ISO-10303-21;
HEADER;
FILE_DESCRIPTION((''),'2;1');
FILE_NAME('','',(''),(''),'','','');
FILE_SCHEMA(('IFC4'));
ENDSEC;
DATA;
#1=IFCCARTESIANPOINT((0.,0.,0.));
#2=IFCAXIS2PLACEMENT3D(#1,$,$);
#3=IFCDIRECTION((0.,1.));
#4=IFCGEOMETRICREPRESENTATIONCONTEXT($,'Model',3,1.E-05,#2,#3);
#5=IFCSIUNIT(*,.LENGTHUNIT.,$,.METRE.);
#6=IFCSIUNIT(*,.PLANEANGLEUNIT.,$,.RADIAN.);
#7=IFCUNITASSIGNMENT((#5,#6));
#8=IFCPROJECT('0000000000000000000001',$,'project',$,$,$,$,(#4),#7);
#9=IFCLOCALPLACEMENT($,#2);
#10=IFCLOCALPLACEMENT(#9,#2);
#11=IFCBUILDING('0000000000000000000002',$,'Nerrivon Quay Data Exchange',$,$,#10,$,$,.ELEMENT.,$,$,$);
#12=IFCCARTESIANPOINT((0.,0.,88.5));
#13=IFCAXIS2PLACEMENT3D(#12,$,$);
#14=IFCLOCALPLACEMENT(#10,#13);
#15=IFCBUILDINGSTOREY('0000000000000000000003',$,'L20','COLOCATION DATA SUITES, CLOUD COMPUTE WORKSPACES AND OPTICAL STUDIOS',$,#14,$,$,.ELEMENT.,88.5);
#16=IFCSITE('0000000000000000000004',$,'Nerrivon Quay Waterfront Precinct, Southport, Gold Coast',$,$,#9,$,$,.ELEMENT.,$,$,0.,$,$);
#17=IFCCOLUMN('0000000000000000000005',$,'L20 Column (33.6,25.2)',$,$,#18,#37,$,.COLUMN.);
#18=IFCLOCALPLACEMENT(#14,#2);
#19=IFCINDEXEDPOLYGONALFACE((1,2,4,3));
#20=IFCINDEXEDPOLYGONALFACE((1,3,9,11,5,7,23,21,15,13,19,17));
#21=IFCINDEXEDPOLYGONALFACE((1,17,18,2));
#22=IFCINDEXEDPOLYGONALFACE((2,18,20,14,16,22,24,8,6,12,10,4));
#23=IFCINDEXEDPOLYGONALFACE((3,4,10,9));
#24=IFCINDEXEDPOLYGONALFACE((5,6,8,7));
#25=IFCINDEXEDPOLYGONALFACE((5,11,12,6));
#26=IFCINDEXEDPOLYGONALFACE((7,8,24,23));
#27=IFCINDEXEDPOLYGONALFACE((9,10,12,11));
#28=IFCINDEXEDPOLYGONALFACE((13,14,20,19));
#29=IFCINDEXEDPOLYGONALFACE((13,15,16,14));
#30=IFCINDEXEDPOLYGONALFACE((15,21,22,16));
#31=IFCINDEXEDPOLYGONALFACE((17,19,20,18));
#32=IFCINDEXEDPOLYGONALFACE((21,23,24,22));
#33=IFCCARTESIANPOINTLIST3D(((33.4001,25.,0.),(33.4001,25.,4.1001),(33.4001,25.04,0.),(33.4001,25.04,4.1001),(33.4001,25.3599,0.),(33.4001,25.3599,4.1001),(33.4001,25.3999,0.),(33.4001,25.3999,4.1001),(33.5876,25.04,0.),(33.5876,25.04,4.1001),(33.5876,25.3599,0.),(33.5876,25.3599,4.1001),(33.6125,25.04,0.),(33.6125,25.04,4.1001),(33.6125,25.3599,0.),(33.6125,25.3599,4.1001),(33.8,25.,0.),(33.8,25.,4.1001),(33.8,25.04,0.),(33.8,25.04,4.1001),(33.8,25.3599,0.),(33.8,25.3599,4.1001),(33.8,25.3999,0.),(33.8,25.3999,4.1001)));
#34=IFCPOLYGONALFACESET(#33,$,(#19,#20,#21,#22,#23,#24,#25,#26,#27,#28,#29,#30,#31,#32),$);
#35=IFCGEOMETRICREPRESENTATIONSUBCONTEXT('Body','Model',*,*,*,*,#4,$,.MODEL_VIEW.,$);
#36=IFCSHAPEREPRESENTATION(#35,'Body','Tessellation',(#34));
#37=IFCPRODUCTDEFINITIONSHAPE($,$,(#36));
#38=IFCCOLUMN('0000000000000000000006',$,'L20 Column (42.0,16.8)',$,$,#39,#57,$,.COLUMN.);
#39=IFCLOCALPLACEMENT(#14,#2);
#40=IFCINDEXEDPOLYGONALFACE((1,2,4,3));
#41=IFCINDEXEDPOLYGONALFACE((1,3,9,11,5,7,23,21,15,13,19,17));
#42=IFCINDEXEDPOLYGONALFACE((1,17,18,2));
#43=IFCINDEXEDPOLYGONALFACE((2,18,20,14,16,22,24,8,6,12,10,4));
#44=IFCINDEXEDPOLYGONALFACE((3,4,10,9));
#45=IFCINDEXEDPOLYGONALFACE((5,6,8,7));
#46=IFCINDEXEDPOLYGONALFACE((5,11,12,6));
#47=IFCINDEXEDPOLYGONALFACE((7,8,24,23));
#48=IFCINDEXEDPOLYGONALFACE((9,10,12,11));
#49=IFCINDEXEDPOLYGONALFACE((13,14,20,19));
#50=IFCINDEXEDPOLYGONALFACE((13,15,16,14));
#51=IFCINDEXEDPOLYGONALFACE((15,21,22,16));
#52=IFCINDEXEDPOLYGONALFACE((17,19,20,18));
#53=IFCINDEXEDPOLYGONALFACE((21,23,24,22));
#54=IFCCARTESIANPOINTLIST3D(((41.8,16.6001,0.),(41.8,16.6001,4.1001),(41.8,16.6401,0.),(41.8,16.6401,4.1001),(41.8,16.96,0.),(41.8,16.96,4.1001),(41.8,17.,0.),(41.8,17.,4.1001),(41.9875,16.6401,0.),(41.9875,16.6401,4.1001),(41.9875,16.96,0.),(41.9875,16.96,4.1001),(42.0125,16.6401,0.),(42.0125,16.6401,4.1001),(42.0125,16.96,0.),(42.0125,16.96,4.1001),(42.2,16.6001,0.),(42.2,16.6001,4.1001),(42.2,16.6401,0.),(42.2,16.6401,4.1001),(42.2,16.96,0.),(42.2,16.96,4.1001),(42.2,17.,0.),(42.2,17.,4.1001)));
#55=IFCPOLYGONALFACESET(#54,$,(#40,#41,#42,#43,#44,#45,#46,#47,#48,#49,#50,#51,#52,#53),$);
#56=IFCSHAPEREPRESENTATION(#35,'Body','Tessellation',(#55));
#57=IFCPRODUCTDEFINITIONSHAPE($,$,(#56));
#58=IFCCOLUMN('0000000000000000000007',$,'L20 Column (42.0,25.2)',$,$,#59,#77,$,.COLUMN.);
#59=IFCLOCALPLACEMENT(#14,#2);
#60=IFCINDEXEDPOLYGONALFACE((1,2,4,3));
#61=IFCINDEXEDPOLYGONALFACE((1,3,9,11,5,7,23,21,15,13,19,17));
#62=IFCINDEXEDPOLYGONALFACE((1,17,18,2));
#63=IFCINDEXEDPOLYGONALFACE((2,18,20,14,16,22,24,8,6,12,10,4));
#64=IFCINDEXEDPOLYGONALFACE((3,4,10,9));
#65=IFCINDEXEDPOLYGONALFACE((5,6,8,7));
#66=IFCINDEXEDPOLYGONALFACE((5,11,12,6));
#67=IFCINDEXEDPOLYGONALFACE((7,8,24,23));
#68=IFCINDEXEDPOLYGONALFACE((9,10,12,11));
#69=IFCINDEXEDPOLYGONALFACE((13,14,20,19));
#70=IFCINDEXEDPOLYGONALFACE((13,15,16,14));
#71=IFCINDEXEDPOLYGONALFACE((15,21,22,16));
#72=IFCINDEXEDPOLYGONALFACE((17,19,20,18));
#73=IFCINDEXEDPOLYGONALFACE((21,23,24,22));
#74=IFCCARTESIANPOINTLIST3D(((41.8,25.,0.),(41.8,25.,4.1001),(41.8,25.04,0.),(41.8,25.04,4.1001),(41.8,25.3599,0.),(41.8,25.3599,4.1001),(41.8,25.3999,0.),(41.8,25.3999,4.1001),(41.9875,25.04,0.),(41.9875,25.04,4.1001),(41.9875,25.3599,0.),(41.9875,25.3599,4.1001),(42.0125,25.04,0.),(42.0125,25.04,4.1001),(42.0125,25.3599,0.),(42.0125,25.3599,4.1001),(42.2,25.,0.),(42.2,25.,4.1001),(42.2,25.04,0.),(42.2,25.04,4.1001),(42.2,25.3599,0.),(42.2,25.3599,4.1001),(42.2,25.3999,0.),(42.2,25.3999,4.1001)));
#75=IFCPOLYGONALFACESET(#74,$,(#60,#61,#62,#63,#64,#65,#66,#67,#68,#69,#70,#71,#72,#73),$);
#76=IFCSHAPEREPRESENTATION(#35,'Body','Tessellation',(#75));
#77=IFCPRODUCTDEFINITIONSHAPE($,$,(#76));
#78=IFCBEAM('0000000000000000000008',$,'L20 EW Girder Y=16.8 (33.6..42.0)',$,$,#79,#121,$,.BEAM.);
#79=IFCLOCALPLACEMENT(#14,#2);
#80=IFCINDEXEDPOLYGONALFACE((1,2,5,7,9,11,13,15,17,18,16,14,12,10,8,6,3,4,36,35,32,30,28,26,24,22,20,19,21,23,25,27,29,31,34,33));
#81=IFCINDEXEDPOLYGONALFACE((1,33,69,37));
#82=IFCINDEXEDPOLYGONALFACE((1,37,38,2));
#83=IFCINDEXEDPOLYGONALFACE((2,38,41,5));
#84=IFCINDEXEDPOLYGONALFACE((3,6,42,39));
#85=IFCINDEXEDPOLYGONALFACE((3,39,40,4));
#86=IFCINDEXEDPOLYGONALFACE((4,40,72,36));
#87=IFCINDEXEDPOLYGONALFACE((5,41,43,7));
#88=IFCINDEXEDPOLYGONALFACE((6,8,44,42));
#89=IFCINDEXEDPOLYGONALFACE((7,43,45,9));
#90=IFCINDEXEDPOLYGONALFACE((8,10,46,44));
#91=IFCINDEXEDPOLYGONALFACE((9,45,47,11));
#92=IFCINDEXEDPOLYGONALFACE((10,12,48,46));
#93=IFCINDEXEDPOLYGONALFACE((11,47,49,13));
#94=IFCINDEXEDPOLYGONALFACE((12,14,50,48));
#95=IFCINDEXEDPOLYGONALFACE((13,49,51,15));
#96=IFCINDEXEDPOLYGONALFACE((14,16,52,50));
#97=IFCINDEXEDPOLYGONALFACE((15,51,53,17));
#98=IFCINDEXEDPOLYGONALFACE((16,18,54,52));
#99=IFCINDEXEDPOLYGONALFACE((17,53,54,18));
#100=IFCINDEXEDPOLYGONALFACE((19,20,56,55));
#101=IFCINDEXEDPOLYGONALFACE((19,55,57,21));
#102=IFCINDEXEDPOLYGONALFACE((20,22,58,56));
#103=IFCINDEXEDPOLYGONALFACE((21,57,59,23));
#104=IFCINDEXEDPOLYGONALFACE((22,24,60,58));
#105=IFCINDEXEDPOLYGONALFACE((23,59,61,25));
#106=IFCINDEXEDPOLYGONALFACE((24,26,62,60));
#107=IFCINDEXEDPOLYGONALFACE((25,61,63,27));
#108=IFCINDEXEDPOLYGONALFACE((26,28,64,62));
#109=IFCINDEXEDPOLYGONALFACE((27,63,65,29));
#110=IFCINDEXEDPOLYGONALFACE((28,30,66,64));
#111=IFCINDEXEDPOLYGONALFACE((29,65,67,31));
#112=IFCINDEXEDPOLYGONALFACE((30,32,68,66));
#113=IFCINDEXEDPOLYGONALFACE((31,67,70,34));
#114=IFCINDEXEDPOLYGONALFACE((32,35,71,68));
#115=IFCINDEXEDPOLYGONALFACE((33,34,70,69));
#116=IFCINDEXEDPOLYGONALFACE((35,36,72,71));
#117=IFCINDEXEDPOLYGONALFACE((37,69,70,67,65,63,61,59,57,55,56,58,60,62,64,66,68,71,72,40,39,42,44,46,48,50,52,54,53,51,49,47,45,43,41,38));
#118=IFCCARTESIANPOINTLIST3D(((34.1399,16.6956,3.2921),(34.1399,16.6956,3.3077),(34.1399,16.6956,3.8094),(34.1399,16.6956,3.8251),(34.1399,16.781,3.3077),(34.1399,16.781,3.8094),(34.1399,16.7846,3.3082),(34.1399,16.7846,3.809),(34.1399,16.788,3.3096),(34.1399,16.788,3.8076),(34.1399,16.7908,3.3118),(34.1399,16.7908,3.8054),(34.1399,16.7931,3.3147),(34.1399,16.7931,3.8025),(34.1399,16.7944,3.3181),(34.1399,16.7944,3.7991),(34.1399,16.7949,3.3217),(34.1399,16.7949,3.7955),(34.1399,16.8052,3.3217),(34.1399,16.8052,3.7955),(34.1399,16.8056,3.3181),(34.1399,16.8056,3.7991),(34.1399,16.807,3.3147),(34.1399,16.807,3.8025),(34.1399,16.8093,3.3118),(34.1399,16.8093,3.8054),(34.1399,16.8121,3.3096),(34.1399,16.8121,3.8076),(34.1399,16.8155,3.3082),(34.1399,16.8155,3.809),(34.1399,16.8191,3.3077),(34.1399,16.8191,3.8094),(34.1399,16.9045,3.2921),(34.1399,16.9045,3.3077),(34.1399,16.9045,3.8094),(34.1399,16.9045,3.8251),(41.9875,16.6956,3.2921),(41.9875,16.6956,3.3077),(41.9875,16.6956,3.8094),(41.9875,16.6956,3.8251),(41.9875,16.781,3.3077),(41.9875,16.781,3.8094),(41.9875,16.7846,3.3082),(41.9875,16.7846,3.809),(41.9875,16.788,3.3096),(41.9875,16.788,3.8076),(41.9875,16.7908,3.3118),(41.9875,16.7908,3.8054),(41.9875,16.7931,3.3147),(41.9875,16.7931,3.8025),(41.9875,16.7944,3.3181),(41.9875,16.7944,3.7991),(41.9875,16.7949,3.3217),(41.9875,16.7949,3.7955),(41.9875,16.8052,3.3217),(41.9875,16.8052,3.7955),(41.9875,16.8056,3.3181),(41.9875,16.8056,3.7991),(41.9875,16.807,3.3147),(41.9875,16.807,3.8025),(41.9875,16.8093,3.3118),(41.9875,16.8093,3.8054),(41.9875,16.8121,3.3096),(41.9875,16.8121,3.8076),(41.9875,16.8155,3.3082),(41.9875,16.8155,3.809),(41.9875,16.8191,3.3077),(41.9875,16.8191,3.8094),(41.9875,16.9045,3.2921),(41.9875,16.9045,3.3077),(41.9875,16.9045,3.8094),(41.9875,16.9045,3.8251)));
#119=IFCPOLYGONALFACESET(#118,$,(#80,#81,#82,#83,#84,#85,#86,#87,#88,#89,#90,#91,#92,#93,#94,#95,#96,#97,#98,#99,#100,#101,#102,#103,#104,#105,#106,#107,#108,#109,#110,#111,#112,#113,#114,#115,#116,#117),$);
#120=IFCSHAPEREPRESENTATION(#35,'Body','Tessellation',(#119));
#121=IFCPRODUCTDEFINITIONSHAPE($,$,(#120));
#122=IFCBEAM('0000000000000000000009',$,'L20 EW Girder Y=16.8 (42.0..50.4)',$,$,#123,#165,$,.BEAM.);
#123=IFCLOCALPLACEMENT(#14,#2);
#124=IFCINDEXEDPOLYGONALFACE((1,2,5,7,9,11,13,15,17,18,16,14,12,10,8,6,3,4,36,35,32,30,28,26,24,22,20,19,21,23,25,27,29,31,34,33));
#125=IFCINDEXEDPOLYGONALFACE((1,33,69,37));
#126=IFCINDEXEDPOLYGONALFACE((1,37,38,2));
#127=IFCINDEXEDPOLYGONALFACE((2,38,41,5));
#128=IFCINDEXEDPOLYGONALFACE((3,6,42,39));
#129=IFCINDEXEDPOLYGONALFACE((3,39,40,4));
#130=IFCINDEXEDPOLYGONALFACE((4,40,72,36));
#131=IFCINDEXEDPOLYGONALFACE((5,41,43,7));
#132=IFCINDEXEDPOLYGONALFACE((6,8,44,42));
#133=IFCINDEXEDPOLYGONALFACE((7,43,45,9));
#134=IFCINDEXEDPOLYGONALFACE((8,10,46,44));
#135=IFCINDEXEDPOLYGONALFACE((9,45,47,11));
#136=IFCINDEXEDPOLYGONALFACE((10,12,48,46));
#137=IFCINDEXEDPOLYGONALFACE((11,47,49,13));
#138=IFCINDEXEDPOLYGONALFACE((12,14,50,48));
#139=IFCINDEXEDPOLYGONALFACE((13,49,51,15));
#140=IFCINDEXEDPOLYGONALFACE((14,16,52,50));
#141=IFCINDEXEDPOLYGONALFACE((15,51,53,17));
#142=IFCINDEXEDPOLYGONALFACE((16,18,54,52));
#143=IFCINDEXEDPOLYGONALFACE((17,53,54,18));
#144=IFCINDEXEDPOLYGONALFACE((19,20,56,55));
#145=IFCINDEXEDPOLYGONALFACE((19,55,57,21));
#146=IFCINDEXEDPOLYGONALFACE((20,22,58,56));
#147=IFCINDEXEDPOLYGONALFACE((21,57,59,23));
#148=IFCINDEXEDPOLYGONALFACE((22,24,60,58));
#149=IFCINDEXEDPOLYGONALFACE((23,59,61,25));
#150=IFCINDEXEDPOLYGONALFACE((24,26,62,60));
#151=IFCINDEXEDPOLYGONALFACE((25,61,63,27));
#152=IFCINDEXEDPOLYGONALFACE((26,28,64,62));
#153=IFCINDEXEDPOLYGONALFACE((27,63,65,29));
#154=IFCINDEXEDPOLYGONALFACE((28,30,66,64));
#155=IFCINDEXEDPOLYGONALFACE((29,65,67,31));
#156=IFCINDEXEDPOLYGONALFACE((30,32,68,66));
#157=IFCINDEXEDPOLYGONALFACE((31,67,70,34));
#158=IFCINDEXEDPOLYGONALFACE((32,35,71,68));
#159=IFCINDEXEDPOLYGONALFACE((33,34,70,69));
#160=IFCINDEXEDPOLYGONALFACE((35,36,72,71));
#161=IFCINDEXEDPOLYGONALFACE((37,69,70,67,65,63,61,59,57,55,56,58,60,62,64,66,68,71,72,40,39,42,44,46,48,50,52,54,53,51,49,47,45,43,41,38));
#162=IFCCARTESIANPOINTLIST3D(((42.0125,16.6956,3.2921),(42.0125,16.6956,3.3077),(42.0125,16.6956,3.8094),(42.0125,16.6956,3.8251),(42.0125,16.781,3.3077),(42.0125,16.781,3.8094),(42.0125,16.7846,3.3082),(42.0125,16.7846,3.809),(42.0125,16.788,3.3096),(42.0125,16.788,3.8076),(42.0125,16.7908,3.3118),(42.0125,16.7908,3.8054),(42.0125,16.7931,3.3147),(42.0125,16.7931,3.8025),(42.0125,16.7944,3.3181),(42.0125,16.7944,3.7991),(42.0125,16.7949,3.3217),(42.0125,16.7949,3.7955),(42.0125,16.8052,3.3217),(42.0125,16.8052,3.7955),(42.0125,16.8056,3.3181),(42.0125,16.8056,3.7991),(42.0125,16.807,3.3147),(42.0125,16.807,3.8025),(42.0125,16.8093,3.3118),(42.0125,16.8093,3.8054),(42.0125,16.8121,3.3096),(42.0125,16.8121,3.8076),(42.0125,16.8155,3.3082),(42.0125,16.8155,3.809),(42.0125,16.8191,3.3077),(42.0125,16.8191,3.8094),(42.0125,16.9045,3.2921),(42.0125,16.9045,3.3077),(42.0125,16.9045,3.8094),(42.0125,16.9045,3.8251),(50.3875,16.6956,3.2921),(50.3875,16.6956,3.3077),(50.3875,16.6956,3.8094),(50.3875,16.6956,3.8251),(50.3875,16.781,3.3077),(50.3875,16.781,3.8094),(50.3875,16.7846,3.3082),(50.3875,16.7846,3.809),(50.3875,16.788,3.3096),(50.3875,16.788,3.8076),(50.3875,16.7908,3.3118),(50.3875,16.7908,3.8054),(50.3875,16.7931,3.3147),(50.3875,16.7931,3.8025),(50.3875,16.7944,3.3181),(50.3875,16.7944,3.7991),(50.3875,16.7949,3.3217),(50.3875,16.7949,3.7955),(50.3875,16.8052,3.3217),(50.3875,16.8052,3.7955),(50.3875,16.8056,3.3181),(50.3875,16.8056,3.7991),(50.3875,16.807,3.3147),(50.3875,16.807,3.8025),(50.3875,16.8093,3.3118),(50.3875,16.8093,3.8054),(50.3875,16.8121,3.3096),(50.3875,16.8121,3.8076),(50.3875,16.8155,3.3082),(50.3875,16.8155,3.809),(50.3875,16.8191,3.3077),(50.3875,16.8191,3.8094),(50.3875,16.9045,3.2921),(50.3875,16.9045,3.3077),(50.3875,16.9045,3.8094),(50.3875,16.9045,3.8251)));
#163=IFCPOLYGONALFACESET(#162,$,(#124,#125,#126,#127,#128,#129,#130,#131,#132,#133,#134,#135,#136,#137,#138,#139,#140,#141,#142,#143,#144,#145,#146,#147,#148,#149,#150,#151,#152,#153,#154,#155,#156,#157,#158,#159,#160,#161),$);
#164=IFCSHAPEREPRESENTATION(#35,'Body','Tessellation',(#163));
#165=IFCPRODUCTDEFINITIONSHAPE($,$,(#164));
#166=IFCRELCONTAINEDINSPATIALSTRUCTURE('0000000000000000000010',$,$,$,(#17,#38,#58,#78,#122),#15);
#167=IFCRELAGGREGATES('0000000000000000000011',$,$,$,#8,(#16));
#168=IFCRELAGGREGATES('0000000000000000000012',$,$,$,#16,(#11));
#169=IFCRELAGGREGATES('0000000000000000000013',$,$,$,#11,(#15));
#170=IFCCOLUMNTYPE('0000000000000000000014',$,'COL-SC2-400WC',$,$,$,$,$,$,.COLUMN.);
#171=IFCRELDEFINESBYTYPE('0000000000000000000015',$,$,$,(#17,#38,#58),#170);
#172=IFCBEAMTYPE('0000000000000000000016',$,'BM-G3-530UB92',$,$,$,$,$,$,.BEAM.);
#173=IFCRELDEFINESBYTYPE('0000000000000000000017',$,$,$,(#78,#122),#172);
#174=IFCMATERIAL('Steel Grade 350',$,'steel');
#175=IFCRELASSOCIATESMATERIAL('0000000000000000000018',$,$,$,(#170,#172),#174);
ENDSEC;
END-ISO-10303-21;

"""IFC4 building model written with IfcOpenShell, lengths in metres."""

from ifc_helpers import new_model, si_unit, direction, frame, origin, origin_2d, place, context, subcontext, project, spatial, i_section, extrude, material, material_profile, profile_set, type_object, element, save


model = new_model("IFC4")

# Units and contexts
model_context = context("Model", 3, precision=1e-05, world=origin(), true_north=direction((0.0, 1.0)))
body_context = subcontext(model_context, "Body", "Model", "MODEL_VIEW")
ifc_project = project(units=[si_unit("LENGTHUNIT", "METRE"), si_unit("PLANEANGLEUNIT", "RADIAN")], contexts=[model_context])

# Site, building, storey
site_placement = place(None, origin())
site = spatial("IfcSite", under=ifc_project, at=site_placement, Name="Nerrivon Quay Waterfront Precinct, Southport, Gold Coast", CompositionType="ELEMENT", RefElevation=0.0)
building_placement = place(site_placement, origin())
building = spatial("IfcBuilding", under=site, at=building_placement, Name="Nerrivon Quay Data Exchange", CompositionType="ELEMENT")
storey_placement = place(building_placement, frame((0.0, 0.0, 88.5)))
storey = spatial("IfcBuildingStorey", under=building, at=storey_placement, Name="L20", Description="COLOCATION DATA SUITES, CLOUD COMPUTE WORKSPACES AND OPTICAL STUDIOS", CompositionType="ELEMENT", Elevation=88.5)

# Columns
ifc_material_1 = material(Name="Steel Grade 350", Category="steel")
ifc_material_profile_1 = material_profile(ifc_material_1, i_section(OverallWidth=0.3999, OverallDepth=0.3999, WebThickness=0.0249, FlangeThickness=0.04, at=origin_2d()), Name="400WC328")
ifc_profile_set_1 = profile_set([ifc_material_profile_1], Name="Steel Grade 350")
column_type = type_object("IfcColumnType", Name="COL-SC2-400WC", PredefinedType="COLUMN", material=ifc_profile_set_1)
for number, where, z_axis, x_axis, name in (
    (1, (33.6001, 25.2, 0.0), (0.0, 0.0, 1.0), (1.0, 0.0, 0.0), "L20 Column (33.6,25.2)"),
    (2, (42.0, 16.8, 0.0), (0.0, 0.0, 1.0), (1.0, 0.0, 0.0), "L20 Column (42.0,16.8)"),
    (3, (42.0, 25.2, 0.0), (0.0, 0.0, 1.0), (1.0, 0.0, 0.0), "L20 Column (42.0,25.2)"),
):
    element("IfcColumn", number, at=place(storey_placement, frame(where, z_axis=z_axis, x_axis=x_axis)), inside=storey, type_object=column_type, Name=name, PredefinedType="COLUMN", context=body_context, shape_type="SweptSolid", body=[
        extrude(i_section(OverallWidth=0.3999, OverallDepth=0.3999, WebThickness=0.0249, FlangeThickness=0.04, at=origin_2d()), origin(), (0.0, 0.0, 1.0), 4.1001),
    ])

# Beams
ifc_material_profile_2 = material_profile(ifc_material_1, i_section(OverallWidth=0.209, OverallDepth=0.533, WebThickness=0.0103, FlangeThickness=0.0156, FilletRadius=0.0139, at=origin_2d()), Name="530UB92.4")
ifc_profile_set_2 = profile_set([ifc_material_profile_2], Name="Steel Grade 350")
beam_type_1 = type_object("IfcBeamType", Name="BM-G3-530UB92", PredefinedType="BEAM", material=ifc_profile_set_2)
beam_1_placement = place(storey_placement, frame((34.1399, 16.8, 3.5586), z_axis=(1.0, 0.0, 0.0), x_axis=(0.0, 1.0, 0.0)))
element("IfcBeam", 4, at=beam_1_placement, inside=storey, type_object=beam_type_1, Name="L20 EW Girder Y=16.8 (33.6..42.0)", PredefinedType="BEAM", context=body_context, shape_type="SweptSolid", body=[
    extrude(i_section(OverallWidth=0.209, OverallDepth=0.533, WebThickness=0.0103, FlangeThickness=0.0156, FilletRadius=0.0139, at=origin_2d()), origin(), (0.0, 0.0, 1.0), 7.8477),
])
for number, where, z_axis, x_axis, name in (
    (5, (42.0125, 16.8, 3.5586), (1.0, 0.0, 0.0), (0.0, 1.0, 0.0), "L20 EW Girder Y=16.8 (42.0..50.4)"),
):
    element("IfcBeam", number, at=place(storey_placement, frame(where, z_axis=z_axis, x_axis=x_axis)), inside=storey, type_object=beam_type_1, Name=name, PredefinedType="BEAM", context=body_context, shape_type="SweptSolid", body=[
        extrude(i_section(OverallWidth=0.209, OverallDepth=0.533, WebThickness=0.0103, FlangeThickness=0.0156, FilletRadius=0.0139, at=origin_2d()), origin(), (0.0, 0.0, 1.0), 8.375),
    ])

save(model, "model.ifc")
